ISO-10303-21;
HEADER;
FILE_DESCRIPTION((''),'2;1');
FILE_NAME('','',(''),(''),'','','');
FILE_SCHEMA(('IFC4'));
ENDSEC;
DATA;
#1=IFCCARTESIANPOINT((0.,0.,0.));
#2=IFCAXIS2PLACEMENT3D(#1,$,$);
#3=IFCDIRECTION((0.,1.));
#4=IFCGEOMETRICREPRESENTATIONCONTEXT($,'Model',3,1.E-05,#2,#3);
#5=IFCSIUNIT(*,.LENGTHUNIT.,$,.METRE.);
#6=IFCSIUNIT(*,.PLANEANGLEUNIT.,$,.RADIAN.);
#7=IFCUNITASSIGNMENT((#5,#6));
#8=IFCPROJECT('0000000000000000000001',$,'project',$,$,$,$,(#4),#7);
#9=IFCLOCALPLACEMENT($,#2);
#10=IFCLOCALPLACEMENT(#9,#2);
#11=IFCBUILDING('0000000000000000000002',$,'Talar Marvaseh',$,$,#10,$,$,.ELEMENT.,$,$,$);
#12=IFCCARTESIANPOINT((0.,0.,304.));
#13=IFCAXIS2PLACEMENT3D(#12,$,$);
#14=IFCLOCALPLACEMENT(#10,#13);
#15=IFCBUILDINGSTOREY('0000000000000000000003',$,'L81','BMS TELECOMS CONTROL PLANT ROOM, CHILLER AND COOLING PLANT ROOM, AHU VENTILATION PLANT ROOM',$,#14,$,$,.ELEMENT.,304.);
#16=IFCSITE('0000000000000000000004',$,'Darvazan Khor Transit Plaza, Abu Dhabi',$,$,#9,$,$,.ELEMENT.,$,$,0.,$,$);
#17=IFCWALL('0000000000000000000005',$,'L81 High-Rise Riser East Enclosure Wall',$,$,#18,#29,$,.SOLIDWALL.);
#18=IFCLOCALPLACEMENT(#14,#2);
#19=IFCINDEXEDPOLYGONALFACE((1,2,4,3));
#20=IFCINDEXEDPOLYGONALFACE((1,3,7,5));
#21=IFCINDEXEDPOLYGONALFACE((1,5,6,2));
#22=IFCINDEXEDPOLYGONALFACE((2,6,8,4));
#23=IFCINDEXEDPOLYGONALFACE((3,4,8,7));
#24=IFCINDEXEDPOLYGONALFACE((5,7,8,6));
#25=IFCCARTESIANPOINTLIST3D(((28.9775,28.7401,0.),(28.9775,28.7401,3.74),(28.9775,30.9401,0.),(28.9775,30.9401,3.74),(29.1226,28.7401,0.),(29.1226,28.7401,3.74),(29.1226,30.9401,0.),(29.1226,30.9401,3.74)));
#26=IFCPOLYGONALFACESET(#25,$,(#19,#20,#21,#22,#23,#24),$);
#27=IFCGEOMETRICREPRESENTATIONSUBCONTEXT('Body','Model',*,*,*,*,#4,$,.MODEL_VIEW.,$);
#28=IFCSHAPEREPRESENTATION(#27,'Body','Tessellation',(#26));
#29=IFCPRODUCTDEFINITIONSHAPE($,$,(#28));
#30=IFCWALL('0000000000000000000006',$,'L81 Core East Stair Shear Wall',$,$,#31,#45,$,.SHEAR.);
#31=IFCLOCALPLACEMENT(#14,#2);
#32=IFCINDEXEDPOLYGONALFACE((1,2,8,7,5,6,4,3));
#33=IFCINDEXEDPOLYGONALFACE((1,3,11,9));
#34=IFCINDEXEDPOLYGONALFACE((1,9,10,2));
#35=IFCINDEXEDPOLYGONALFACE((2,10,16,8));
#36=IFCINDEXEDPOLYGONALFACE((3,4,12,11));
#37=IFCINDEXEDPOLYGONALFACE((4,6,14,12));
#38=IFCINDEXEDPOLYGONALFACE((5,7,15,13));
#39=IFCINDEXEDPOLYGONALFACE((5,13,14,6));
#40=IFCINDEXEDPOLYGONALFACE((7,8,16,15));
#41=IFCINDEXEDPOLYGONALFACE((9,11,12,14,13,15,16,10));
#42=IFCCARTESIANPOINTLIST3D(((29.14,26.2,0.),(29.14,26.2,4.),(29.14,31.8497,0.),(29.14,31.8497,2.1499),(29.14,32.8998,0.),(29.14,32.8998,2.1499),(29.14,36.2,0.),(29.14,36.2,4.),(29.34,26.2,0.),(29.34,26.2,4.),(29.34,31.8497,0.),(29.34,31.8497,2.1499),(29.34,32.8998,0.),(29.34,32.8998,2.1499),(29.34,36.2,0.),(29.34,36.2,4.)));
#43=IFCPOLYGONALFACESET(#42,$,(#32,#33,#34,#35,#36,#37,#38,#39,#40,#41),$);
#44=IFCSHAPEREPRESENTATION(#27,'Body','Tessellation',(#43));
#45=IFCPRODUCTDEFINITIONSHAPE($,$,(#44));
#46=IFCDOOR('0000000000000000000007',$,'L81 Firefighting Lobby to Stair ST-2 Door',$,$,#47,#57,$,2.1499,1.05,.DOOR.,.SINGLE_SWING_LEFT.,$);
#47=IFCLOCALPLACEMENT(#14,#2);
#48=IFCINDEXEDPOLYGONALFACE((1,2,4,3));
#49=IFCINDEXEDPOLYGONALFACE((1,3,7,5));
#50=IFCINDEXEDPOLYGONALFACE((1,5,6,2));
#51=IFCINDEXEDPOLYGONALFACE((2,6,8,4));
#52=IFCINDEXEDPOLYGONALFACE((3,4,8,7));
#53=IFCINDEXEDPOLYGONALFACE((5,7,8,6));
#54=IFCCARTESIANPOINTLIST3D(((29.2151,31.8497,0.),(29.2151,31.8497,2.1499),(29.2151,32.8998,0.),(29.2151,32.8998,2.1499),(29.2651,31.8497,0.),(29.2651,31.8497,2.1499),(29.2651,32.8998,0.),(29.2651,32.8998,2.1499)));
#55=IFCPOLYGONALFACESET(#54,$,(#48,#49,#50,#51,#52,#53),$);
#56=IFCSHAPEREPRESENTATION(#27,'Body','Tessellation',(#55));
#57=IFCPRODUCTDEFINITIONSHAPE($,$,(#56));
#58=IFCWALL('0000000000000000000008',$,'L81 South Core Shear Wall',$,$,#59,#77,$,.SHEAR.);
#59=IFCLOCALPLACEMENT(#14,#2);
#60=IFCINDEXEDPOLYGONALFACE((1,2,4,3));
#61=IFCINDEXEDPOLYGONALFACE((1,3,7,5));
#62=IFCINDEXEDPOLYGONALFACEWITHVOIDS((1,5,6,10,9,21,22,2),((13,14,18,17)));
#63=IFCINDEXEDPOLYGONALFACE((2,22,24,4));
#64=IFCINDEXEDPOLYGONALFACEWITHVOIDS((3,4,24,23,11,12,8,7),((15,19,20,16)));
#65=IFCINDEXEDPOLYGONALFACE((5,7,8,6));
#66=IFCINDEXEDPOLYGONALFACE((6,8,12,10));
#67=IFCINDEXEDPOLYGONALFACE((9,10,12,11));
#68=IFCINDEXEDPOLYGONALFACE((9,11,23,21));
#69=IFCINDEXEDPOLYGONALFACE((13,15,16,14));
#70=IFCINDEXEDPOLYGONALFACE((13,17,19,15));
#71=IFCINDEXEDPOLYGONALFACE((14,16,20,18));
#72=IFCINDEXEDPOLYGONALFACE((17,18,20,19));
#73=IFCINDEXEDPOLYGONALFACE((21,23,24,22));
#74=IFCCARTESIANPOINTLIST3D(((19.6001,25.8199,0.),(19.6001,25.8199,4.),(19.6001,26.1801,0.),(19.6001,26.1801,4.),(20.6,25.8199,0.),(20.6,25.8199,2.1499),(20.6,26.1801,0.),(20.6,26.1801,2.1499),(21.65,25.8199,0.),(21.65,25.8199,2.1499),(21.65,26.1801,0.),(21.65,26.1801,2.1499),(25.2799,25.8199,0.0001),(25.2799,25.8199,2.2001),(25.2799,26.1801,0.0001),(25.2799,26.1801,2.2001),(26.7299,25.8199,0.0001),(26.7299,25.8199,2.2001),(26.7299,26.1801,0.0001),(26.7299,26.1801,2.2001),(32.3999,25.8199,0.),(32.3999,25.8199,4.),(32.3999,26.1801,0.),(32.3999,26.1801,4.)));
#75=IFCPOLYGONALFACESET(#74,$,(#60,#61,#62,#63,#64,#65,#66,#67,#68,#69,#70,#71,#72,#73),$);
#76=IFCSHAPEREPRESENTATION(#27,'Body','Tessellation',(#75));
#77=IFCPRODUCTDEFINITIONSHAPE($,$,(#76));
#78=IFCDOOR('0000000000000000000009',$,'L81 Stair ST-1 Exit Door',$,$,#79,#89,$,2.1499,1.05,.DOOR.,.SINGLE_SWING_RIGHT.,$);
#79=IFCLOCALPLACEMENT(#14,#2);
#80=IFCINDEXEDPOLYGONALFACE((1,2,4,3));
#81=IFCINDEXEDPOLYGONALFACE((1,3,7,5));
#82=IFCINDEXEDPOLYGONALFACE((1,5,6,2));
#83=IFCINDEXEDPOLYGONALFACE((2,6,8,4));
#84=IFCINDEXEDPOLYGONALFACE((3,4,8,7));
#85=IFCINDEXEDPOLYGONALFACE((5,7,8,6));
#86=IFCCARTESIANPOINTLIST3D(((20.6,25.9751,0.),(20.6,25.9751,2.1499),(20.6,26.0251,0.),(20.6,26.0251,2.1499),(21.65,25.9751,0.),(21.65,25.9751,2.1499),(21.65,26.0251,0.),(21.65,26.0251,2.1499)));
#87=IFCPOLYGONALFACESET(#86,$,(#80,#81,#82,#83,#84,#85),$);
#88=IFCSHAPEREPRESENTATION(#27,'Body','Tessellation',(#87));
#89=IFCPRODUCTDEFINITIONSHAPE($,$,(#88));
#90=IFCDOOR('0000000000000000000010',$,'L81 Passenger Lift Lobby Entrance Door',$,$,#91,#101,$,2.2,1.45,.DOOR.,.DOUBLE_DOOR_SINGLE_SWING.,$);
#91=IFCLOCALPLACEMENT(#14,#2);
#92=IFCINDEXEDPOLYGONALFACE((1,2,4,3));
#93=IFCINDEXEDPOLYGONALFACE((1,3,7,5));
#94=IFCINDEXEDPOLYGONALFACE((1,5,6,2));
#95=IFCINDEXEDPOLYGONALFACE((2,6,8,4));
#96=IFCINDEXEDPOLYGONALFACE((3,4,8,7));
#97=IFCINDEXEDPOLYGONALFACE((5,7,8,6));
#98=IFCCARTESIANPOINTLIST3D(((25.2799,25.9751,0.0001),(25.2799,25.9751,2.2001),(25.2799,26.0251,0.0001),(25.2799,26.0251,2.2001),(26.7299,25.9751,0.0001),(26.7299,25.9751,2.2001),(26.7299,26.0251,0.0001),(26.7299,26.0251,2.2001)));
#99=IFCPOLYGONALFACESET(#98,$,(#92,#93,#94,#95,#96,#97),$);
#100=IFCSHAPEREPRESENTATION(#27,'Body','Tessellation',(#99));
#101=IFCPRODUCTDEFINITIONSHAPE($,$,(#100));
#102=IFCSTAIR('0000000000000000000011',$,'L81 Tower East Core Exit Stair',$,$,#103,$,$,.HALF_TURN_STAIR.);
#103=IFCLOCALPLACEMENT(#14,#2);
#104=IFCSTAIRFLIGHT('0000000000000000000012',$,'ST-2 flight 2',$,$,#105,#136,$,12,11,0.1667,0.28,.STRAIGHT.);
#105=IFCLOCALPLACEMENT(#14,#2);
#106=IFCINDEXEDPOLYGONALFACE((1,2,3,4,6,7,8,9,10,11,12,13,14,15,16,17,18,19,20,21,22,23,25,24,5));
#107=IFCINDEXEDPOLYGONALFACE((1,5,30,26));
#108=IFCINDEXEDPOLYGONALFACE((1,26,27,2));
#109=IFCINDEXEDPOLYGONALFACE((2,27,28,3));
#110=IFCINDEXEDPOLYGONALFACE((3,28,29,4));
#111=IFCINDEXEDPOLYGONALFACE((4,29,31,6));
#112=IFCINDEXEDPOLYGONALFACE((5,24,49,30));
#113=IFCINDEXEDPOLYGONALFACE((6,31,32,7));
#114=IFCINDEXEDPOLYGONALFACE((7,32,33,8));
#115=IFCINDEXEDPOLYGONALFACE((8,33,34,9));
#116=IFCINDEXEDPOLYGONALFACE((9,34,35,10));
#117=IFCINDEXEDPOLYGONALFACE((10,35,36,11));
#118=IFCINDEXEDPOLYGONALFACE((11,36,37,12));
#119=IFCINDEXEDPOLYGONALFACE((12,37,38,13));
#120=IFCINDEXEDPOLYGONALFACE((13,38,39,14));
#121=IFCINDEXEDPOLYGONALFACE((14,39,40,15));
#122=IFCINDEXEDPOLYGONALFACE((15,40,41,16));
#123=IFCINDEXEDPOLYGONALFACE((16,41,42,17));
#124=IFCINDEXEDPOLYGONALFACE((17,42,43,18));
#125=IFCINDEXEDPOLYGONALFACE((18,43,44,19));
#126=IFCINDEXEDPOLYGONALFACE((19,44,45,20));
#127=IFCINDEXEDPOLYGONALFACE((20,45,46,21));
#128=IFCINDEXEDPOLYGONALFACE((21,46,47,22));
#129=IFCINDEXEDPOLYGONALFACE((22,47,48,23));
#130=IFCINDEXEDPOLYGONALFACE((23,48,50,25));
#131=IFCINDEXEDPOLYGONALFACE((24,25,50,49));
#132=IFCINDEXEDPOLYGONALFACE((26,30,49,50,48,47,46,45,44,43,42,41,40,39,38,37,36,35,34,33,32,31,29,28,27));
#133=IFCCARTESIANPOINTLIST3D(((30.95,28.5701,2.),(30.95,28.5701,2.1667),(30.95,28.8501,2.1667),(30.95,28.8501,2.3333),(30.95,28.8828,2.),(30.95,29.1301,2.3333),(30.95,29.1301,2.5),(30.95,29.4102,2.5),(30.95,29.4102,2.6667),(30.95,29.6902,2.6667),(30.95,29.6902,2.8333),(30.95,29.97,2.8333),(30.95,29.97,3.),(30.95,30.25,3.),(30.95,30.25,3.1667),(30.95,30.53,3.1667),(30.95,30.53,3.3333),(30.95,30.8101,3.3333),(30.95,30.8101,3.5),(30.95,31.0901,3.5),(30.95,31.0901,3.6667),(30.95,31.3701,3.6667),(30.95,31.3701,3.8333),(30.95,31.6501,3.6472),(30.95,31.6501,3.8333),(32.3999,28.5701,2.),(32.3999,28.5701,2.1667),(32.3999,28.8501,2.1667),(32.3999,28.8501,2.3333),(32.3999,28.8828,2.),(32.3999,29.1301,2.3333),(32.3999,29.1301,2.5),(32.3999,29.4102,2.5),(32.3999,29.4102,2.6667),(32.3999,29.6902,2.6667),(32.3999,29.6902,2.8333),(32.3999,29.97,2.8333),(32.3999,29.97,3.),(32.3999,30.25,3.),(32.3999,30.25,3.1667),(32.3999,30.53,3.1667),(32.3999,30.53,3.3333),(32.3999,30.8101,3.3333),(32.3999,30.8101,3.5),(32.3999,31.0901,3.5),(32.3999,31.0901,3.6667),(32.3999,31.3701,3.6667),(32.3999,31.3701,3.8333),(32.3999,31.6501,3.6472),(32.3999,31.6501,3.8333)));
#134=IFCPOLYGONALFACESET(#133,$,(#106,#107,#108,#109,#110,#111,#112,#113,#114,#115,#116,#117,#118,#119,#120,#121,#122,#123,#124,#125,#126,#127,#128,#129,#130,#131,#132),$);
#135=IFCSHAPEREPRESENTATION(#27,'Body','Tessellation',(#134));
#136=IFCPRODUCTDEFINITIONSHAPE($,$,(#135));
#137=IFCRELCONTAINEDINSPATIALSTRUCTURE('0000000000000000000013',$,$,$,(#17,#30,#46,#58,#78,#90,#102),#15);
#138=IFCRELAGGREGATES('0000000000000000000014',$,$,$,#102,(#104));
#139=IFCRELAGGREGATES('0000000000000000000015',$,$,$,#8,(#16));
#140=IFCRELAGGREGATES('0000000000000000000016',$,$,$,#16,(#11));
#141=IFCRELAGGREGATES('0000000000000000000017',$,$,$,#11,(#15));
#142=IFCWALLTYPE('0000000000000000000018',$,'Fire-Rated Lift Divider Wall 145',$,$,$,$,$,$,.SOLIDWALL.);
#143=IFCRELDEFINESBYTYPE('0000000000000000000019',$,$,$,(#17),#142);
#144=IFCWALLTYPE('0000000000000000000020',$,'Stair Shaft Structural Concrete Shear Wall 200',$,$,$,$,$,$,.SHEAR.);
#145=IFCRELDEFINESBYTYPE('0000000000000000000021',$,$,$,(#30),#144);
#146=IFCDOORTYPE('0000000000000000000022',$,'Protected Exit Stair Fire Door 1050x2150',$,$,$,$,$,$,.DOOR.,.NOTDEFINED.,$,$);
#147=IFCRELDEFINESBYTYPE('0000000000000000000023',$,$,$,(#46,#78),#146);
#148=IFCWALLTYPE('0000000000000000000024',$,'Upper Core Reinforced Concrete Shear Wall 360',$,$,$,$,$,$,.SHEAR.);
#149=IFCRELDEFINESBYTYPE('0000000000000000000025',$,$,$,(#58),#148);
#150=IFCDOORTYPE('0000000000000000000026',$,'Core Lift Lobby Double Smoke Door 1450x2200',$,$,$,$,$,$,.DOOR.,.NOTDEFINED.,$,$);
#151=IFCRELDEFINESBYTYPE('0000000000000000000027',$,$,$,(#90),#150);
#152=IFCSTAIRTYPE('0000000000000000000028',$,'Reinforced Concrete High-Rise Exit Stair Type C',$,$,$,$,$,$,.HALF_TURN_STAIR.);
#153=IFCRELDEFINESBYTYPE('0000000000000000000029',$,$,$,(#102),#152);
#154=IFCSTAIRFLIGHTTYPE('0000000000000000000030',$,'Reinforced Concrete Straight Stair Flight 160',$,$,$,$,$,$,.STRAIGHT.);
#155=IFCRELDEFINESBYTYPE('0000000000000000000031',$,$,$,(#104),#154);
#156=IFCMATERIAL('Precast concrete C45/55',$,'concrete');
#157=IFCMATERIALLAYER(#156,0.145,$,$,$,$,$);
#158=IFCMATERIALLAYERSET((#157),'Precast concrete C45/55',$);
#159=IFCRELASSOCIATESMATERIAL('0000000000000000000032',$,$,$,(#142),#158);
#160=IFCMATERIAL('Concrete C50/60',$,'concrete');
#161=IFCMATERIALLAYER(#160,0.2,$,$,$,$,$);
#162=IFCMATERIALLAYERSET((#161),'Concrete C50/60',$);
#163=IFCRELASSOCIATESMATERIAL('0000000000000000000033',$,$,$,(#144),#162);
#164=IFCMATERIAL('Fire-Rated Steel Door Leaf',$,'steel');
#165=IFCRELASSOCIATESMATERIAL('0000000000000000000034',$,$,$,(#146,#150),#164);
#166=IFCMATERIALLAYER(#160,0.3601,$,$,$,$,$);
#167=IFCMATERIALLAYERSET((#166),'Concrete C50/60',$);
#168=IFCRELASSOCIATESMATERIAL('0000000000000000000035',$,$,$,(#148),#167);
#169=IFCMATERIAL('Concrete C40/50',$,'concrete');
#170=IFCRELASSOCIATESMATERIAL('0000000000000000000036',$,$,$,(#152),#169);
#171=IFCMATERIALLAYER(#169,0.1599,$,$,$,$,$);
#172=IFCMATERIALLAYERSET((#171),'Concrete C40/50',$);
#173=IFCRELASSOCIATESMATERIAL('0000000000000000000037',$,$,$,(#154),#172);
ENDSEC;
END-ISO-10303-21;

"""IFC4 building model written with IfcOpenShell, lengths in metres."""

from ifc_helpers import new_model, si_unit, direction, frame, frame_2d, origin, place, context, subcontext, project, spatial, polyline, rectangle, outline, extrude, source, transform, mapped, material, layer, layer_set, type_object, type_shapes, element, fill, aggregate, save


model = new_model("IFC4")

# Units and contexts
model_context = context("Model", 3, precision=1e-05, world=origin(), true_north=direction((0.0, 1.0)))
body_context = subcontext(model_context, "Body", "Model", "MODEL_VIEW")
ifc_project = project(units=[si_unit("LENGTHUNIT", "METRE"), si_unit("PLANEANGLEUNIT", "RADIAN")], contexts=[model_context])

# Site, building, storey
site_placement = place(None, origin())
site = spatial("IfcSite", under=ifc_project, at=site_placement, Name="Darvazan Khor Transit Plaza, Abu Dhabi", CompositionType="ELEMENT", RefElevation=0.0)
building_placement = place(site_placement, origin())
building = spatial("IfcBuilding", under=site, at=building_placement, Name="Talar Marvaseh", CompositionType="ELEMENT")
storey_placement = place(building_placement, frame((0.0, 0.0, 304.0)))
storey = spatial("IfcBuildingStorey", under=building, at=storey_placement, Name="L81", Description="BMS TELECOMS CONTROL PLANT ROOM, CHILLER AND COOLING PLANT ROOM, AHU VENTILATION PLANT ROOM", CompositionType="ELEMENT", Elevation=304.0)

# Shared definitions
ifc_material_1 = material(Name="Concrete C50/60", Category="concrete")

# Wall
ifc_material_2 = material(Name="Precast concrete C45/55", Category="concrete")
ifc_layer_1 = layer(ifc_material_2, 0.145)
ifc_layer_set_1 = layer_set([ifc_layer_1], Name="Precast concrete C45/55")
wall_type_1 = type_object("IfcWallType", Name="Fire-Rated Lift Divider Wall 145", PredefinedType="SOLIDWALL", material=ifc_layer_set_1)
wall_1_placement = place(storey_placement, frame((29.05, 28.74, 0.0), z_axis=(0.0, 0.0, 1.0), x_axis=(0.0, 1.0, 0.0)))
element("IfcWall", 1, at=wall_1_placement, inside=storey, type_object=wall_type_1, Name="L81 High-Rise Riser East Enclosure Wall", PredefinedType="SOLIDWALL", context=body_context, shape_type="SweptSolid", body=[
    extrude(rectangle(XDim=2.2, YDim=0.145, at=frame_2d((1.1001, 0.0))), origin(), (0.0, 0.0, 1.0), 3.74),
])

# Wall, opening, door
ifc_layer_2 = layer(ifc_material_1, 0.2)
ifc_layer_set_2 = layer_set([ifc_layer_2], Name="Concrete C50/60")
wall_type_2 = type_object("IfcWallType", Name="Stair Shaft Structural Concrete Shear Wall 200", PredefinedType="SHEAR", material=ifc_layer_set_2)
wall_2_placement = place(storey_placement, frame((29.24, 26.2, 0.0), z_axis=(0.0, 0.0, 1.0), x_axis=(0.0, 1.0, 0.0)))
wall_2 = element("IfcWall", 2, at=wall_2_placement, inside=storey, type_object=wall_type_2, Name="L81 Core East Stair Shear Wall", PredefinedType="SHEAR", context=body_context, shape_type="SweptSolid", body=[
    extrude(rectangle(XDim=10.0, YDim=0.2, at=frame_2d((5.0, 0.0))), origin(), (0.0, 0.0, 1.0), 4.0),
])
opening_1_placement = place(wall_2_placement, frame((5.6499, 0.0, 0.0)))
opening_1 = element("IfcOpeningElement", 3, at=opening_1_placement, cuts=wall_2, PredefinedType="OPENING", context=body_context, shape_type="SweptSolid", body=[
    extrude(rectangle(XDim=1.05, YDim=2.1499, at=frame_2d((0.5249, 1.075))), frame((0.0, 0.1099, 0.0), z_axis=(0.0, -1.0, 0.0), x_axis=(1.0, 0.0, 0.0)), (0.0, 0.0, 1.0), 0.22),
])
ifc_material_3 = material(Name="Fire-Rated Steel Door Leaf", Category="steel")
door_type_1 = type_object("IfcDoorType", Name="Protected Exit Stair Fire Door 1050x2150", OperationType="NOTDEFINED", PredefinedType="DOOR", material=ifc_material_3)
shared_shape_1 = source(origin(), body_context, "Body", "SweptSolid", [
    extrude(rectangle(XDim=1.05, YDim=2.1499, at=frame_2d((0.5249, 1.075))), frame((0.0, 0.0249, 0.0), z_axis=(0.0, -1.0, 0.0), x_axis=(1.0, 0.0, 0.0)), (0.0, 0.0, 1.0), 0.05),
])
type_shapes(door_type_1, [shared_shape_1])
door_1_placement = place(opening_1_placement, origin())
door_1 = element("IfcDoor", 4, at=door_1_placement, inside=storey, type_object=door_type_1, Name="L81 Firefighting Lobby to Stair ST-2 Door", OperationType="SINGLE_SWING_LEFT", OverallHeight=2.1499, OverallWidth=1.05, PredefinedType="DOOR", context=body_context, shape_type="MappedRepresentation", body=[
    mapped(shared_shape_1, transform((0.0, 0.0, 0.0), x_axis=(1.0, 0.0, 0.0), y_axis=(0.0, 1.0, 0.0), z_axis=(0.0, 0.0, 1.0), scale=1.0)),
])
fill(opening_1, door_1)

# Wall, openings, doors
ifc_layer_3 = layer(ifc_material_1, 0.3601)
ifc_layer_set_3 = layer_set([ifc_layer_3], Name="Concrete C50/60")
wall_type_3 = type_object("IfcWallType", Name="Upper Core Reinforced Concrete Shear Wall 360", PredefinedType="SHEAR", material=ifc_layer_set_3)
wall_3_placement = place(storey_placement, frame((32.3999, 26.0, 0.0), z_axis=(0.0, 0.0, 1.0), x_axis=(-1.0, 0.0, 0.0)))
wall_3 = element("IfcWall", 5, at=wall_3_placement, inside=storey, type_object=wall_type_3, Name="L81 South Core Shear Wall", PredefinedType="SHEAR", context=body_context, shape_type="SweptSolid", body=[
    extrude(rectangle(XDim=12.7998, YDim=0.3601, at=frame_2d((6.3999, 0.0))), origin(), (0.0, 0.0, 1.0), 4.0),
])
opening_2_placement = place(wall_3_placement, frame((10.75, 0.0, 0.0)))
opening_2 = element("IfcOpeningElement", 6, at=opening_2_placement, cuts=wall_3, PredefinedType="OPENING", context=body_context, shape_type="SweptSolid", body=[
    extrude(rectangle(XDim=1.05, YDim=2.1499, at=frame_2d((0.5249, 1.075))), frame((0.0, 0.1899, 0.0), z_axis=(0.0, -1.0, 0.0), x_axis=(1.0, 0.0, 0.0)), (0.0, 0.0, 1.0), 0.3801),
])
opening_3_placement = place(wall_3_placement, frame((5.6699, 0.0, 0.0)))
opening_3 = element("IfcOpeningElement", 7, at=opening_3_placement, cuts=wall_3, PredefinedType="OPENING", context=body_context, shape_type="SweptSolid", body=[
    extrude(rectangle(XDim=1.45, YDim=2.2, at=frame_2d((0.7251, 1.1001))), frame((0.0, 0.1899, 0.0), z_axis=(0.0, -1.0, 0.0), x_axis=(1.0, 0.0, 0.0)), (0.0, 0.0, 1.0), 0.3801),
])
door_2_placement = place(opening_2_placement, origin())
door_2 = element("IfcDoor", 8, at=door_2_placement, inside=storey, type_object=door_type_1, Name="L81 Stair ST-1 Exit Door", OperationType="SINGLE_SWING_RIGHT", OverallHeight=2.1499, OverallWidth=1.05, PredefinedType="DOOR", context=body_context, shape_type="MappedRepresentation", body=[
    mapped(shared_shape_1, transform((0.0, 0.0, 0.0), x_axis=(1.0, 0.0, 0.0), y_axis=(0.0, 1.0, 0.0), z_axis=(0.0, 0.0, 1.0), scale=1.0)),
])
fill(opening_2, door_2)
door_type_2 = type_object("IfcDoorType", Name="Core Lift Lobby Double Smoke Door 1450x2200", OperationType="NOTDEFINED", PredefinedType="DOOR", material=ifc_material_3)
shared_shape_2 = source(origin(), body_context, "Body", "SweptSolid", [
    extrude(rectangle(XDim=1.45, YDim=2.2, at=frame_2d((0.7251, 1.1001))), frame((0.0, 0.0249, 0.0), z_axis=(0.0, -1.0, 0.0), x_axis=(1.0, 0.0, 0.0)), (0.0, 0.0, 1.0), 0.05),
])
type_shapes(door_type_2, [shared_shape_2])
door_3_placement = place(opening_3_placement, origin())
door_3 = element("IfcDoor", 9, at=door_3_placement, inside=storey, type_object=door_type_2, Name="L81 Passenger Lift Lobby Entrance Door", OperationType="DOUBLE_DOOR_SINGLE_SWING", OverallHeight=2.2, OverallWidth=1.45, PredefinedType="DOOR", context=body_context, shape_type="MappedRepresentation", body=[
    mapped(shared_shape_2, transform((0.0, 0.0, 0.0), x_axis=(1.0, 0.0, 0.0), y_axis=(0.0, 1.0, 0.0), z_axis=(0.0, 0.0, 1.0), scale=1.0)),
])
fill(opening_3, door_3)

# Stair, stair flight
ifc_material_4 = material(Name="Concrete C40/50", Category="concrete")
stair_type = type_object("IfcStairType", Name="Reinforced Concrete High-Rise Exit Stair Type C", PredefinedType="HALF_TURN_STAIR", material=ifc_material_4)
stair_placement = place(storey_placement, origin())
stair = element("IfcStair", 10, at=stair_placement, inside=storey, type_object=stair_type, Name="L81 Tower East Core Exit Stair", PredefinedType="HALF_TURN_STAIR")
ifc_layer_4 = layer(ifc_material_4, 0.1599)
ifc_layer_set_4 = layer_set([ifc_layer_4], Name="Concrete C40/50")
stair_flight_type = type_object("IfcStairFlightType", Name="Reinforced Concrete Straight Stair Flight 160", PredefinedType="STRAIGHT", material=ifc_layer_set_4)
stair_flight_placement = place(storey_placement, frame((31.675, 28.5701, 2.0), z_axis=(0.0, 0.0, 1.0), x_axis=(0.0, 1.0, 0.0)))
stair_flight = element("IfcStairFlight", 11, at=stair_flight_placement, type_object=stair_flight_type, Name="ST-2 flight 2", NumberOfRisers=12, NumberOfTreads=11, PredefinedType="STRAIGHT", RiserHeight=0.1667, TreadLength=0.28, context=body_context, shape_type="SweptSolid", body=[
    extrude(outline(polyline([(0.0, 0.0), (0.0, 0.1667), (0.28, 0.1667), (0.28, 0.3333), (0.5601, 0.3333), (0.5601, 0.5), (0.8401, 0.5), (0.8401, 0.6667), (1.1201, 0.6667), (1.1201, 0.8333), (1.3999, 0.8333), (1.3999, 1.0), (1.6799, 1.0), (1.6799, 1.1667), (1.96, 1.1667), (1.96, 1.3333), (2.24, 1.3333), (2.24, 1.5), (2.52, 1.5), (2.52, 1.6667), (2.8, 1.6667), (2.8, 1.8333), (3.0801, 1.8333), (3.0801, 2.0), (3.0801, 1.6472), (0.3127, 0.0), (0.0, 0.0)])), frame((0.0, 0.7251, 0.0), z_axis=(0.0, -1.0, 0.0), x_axis=(1.0, 0.0, 0.0)), (0.0, 0.0, 1.0), 1.45),
])
aggregate(stair, [stair_flight])

save(model, "model.ifc")
